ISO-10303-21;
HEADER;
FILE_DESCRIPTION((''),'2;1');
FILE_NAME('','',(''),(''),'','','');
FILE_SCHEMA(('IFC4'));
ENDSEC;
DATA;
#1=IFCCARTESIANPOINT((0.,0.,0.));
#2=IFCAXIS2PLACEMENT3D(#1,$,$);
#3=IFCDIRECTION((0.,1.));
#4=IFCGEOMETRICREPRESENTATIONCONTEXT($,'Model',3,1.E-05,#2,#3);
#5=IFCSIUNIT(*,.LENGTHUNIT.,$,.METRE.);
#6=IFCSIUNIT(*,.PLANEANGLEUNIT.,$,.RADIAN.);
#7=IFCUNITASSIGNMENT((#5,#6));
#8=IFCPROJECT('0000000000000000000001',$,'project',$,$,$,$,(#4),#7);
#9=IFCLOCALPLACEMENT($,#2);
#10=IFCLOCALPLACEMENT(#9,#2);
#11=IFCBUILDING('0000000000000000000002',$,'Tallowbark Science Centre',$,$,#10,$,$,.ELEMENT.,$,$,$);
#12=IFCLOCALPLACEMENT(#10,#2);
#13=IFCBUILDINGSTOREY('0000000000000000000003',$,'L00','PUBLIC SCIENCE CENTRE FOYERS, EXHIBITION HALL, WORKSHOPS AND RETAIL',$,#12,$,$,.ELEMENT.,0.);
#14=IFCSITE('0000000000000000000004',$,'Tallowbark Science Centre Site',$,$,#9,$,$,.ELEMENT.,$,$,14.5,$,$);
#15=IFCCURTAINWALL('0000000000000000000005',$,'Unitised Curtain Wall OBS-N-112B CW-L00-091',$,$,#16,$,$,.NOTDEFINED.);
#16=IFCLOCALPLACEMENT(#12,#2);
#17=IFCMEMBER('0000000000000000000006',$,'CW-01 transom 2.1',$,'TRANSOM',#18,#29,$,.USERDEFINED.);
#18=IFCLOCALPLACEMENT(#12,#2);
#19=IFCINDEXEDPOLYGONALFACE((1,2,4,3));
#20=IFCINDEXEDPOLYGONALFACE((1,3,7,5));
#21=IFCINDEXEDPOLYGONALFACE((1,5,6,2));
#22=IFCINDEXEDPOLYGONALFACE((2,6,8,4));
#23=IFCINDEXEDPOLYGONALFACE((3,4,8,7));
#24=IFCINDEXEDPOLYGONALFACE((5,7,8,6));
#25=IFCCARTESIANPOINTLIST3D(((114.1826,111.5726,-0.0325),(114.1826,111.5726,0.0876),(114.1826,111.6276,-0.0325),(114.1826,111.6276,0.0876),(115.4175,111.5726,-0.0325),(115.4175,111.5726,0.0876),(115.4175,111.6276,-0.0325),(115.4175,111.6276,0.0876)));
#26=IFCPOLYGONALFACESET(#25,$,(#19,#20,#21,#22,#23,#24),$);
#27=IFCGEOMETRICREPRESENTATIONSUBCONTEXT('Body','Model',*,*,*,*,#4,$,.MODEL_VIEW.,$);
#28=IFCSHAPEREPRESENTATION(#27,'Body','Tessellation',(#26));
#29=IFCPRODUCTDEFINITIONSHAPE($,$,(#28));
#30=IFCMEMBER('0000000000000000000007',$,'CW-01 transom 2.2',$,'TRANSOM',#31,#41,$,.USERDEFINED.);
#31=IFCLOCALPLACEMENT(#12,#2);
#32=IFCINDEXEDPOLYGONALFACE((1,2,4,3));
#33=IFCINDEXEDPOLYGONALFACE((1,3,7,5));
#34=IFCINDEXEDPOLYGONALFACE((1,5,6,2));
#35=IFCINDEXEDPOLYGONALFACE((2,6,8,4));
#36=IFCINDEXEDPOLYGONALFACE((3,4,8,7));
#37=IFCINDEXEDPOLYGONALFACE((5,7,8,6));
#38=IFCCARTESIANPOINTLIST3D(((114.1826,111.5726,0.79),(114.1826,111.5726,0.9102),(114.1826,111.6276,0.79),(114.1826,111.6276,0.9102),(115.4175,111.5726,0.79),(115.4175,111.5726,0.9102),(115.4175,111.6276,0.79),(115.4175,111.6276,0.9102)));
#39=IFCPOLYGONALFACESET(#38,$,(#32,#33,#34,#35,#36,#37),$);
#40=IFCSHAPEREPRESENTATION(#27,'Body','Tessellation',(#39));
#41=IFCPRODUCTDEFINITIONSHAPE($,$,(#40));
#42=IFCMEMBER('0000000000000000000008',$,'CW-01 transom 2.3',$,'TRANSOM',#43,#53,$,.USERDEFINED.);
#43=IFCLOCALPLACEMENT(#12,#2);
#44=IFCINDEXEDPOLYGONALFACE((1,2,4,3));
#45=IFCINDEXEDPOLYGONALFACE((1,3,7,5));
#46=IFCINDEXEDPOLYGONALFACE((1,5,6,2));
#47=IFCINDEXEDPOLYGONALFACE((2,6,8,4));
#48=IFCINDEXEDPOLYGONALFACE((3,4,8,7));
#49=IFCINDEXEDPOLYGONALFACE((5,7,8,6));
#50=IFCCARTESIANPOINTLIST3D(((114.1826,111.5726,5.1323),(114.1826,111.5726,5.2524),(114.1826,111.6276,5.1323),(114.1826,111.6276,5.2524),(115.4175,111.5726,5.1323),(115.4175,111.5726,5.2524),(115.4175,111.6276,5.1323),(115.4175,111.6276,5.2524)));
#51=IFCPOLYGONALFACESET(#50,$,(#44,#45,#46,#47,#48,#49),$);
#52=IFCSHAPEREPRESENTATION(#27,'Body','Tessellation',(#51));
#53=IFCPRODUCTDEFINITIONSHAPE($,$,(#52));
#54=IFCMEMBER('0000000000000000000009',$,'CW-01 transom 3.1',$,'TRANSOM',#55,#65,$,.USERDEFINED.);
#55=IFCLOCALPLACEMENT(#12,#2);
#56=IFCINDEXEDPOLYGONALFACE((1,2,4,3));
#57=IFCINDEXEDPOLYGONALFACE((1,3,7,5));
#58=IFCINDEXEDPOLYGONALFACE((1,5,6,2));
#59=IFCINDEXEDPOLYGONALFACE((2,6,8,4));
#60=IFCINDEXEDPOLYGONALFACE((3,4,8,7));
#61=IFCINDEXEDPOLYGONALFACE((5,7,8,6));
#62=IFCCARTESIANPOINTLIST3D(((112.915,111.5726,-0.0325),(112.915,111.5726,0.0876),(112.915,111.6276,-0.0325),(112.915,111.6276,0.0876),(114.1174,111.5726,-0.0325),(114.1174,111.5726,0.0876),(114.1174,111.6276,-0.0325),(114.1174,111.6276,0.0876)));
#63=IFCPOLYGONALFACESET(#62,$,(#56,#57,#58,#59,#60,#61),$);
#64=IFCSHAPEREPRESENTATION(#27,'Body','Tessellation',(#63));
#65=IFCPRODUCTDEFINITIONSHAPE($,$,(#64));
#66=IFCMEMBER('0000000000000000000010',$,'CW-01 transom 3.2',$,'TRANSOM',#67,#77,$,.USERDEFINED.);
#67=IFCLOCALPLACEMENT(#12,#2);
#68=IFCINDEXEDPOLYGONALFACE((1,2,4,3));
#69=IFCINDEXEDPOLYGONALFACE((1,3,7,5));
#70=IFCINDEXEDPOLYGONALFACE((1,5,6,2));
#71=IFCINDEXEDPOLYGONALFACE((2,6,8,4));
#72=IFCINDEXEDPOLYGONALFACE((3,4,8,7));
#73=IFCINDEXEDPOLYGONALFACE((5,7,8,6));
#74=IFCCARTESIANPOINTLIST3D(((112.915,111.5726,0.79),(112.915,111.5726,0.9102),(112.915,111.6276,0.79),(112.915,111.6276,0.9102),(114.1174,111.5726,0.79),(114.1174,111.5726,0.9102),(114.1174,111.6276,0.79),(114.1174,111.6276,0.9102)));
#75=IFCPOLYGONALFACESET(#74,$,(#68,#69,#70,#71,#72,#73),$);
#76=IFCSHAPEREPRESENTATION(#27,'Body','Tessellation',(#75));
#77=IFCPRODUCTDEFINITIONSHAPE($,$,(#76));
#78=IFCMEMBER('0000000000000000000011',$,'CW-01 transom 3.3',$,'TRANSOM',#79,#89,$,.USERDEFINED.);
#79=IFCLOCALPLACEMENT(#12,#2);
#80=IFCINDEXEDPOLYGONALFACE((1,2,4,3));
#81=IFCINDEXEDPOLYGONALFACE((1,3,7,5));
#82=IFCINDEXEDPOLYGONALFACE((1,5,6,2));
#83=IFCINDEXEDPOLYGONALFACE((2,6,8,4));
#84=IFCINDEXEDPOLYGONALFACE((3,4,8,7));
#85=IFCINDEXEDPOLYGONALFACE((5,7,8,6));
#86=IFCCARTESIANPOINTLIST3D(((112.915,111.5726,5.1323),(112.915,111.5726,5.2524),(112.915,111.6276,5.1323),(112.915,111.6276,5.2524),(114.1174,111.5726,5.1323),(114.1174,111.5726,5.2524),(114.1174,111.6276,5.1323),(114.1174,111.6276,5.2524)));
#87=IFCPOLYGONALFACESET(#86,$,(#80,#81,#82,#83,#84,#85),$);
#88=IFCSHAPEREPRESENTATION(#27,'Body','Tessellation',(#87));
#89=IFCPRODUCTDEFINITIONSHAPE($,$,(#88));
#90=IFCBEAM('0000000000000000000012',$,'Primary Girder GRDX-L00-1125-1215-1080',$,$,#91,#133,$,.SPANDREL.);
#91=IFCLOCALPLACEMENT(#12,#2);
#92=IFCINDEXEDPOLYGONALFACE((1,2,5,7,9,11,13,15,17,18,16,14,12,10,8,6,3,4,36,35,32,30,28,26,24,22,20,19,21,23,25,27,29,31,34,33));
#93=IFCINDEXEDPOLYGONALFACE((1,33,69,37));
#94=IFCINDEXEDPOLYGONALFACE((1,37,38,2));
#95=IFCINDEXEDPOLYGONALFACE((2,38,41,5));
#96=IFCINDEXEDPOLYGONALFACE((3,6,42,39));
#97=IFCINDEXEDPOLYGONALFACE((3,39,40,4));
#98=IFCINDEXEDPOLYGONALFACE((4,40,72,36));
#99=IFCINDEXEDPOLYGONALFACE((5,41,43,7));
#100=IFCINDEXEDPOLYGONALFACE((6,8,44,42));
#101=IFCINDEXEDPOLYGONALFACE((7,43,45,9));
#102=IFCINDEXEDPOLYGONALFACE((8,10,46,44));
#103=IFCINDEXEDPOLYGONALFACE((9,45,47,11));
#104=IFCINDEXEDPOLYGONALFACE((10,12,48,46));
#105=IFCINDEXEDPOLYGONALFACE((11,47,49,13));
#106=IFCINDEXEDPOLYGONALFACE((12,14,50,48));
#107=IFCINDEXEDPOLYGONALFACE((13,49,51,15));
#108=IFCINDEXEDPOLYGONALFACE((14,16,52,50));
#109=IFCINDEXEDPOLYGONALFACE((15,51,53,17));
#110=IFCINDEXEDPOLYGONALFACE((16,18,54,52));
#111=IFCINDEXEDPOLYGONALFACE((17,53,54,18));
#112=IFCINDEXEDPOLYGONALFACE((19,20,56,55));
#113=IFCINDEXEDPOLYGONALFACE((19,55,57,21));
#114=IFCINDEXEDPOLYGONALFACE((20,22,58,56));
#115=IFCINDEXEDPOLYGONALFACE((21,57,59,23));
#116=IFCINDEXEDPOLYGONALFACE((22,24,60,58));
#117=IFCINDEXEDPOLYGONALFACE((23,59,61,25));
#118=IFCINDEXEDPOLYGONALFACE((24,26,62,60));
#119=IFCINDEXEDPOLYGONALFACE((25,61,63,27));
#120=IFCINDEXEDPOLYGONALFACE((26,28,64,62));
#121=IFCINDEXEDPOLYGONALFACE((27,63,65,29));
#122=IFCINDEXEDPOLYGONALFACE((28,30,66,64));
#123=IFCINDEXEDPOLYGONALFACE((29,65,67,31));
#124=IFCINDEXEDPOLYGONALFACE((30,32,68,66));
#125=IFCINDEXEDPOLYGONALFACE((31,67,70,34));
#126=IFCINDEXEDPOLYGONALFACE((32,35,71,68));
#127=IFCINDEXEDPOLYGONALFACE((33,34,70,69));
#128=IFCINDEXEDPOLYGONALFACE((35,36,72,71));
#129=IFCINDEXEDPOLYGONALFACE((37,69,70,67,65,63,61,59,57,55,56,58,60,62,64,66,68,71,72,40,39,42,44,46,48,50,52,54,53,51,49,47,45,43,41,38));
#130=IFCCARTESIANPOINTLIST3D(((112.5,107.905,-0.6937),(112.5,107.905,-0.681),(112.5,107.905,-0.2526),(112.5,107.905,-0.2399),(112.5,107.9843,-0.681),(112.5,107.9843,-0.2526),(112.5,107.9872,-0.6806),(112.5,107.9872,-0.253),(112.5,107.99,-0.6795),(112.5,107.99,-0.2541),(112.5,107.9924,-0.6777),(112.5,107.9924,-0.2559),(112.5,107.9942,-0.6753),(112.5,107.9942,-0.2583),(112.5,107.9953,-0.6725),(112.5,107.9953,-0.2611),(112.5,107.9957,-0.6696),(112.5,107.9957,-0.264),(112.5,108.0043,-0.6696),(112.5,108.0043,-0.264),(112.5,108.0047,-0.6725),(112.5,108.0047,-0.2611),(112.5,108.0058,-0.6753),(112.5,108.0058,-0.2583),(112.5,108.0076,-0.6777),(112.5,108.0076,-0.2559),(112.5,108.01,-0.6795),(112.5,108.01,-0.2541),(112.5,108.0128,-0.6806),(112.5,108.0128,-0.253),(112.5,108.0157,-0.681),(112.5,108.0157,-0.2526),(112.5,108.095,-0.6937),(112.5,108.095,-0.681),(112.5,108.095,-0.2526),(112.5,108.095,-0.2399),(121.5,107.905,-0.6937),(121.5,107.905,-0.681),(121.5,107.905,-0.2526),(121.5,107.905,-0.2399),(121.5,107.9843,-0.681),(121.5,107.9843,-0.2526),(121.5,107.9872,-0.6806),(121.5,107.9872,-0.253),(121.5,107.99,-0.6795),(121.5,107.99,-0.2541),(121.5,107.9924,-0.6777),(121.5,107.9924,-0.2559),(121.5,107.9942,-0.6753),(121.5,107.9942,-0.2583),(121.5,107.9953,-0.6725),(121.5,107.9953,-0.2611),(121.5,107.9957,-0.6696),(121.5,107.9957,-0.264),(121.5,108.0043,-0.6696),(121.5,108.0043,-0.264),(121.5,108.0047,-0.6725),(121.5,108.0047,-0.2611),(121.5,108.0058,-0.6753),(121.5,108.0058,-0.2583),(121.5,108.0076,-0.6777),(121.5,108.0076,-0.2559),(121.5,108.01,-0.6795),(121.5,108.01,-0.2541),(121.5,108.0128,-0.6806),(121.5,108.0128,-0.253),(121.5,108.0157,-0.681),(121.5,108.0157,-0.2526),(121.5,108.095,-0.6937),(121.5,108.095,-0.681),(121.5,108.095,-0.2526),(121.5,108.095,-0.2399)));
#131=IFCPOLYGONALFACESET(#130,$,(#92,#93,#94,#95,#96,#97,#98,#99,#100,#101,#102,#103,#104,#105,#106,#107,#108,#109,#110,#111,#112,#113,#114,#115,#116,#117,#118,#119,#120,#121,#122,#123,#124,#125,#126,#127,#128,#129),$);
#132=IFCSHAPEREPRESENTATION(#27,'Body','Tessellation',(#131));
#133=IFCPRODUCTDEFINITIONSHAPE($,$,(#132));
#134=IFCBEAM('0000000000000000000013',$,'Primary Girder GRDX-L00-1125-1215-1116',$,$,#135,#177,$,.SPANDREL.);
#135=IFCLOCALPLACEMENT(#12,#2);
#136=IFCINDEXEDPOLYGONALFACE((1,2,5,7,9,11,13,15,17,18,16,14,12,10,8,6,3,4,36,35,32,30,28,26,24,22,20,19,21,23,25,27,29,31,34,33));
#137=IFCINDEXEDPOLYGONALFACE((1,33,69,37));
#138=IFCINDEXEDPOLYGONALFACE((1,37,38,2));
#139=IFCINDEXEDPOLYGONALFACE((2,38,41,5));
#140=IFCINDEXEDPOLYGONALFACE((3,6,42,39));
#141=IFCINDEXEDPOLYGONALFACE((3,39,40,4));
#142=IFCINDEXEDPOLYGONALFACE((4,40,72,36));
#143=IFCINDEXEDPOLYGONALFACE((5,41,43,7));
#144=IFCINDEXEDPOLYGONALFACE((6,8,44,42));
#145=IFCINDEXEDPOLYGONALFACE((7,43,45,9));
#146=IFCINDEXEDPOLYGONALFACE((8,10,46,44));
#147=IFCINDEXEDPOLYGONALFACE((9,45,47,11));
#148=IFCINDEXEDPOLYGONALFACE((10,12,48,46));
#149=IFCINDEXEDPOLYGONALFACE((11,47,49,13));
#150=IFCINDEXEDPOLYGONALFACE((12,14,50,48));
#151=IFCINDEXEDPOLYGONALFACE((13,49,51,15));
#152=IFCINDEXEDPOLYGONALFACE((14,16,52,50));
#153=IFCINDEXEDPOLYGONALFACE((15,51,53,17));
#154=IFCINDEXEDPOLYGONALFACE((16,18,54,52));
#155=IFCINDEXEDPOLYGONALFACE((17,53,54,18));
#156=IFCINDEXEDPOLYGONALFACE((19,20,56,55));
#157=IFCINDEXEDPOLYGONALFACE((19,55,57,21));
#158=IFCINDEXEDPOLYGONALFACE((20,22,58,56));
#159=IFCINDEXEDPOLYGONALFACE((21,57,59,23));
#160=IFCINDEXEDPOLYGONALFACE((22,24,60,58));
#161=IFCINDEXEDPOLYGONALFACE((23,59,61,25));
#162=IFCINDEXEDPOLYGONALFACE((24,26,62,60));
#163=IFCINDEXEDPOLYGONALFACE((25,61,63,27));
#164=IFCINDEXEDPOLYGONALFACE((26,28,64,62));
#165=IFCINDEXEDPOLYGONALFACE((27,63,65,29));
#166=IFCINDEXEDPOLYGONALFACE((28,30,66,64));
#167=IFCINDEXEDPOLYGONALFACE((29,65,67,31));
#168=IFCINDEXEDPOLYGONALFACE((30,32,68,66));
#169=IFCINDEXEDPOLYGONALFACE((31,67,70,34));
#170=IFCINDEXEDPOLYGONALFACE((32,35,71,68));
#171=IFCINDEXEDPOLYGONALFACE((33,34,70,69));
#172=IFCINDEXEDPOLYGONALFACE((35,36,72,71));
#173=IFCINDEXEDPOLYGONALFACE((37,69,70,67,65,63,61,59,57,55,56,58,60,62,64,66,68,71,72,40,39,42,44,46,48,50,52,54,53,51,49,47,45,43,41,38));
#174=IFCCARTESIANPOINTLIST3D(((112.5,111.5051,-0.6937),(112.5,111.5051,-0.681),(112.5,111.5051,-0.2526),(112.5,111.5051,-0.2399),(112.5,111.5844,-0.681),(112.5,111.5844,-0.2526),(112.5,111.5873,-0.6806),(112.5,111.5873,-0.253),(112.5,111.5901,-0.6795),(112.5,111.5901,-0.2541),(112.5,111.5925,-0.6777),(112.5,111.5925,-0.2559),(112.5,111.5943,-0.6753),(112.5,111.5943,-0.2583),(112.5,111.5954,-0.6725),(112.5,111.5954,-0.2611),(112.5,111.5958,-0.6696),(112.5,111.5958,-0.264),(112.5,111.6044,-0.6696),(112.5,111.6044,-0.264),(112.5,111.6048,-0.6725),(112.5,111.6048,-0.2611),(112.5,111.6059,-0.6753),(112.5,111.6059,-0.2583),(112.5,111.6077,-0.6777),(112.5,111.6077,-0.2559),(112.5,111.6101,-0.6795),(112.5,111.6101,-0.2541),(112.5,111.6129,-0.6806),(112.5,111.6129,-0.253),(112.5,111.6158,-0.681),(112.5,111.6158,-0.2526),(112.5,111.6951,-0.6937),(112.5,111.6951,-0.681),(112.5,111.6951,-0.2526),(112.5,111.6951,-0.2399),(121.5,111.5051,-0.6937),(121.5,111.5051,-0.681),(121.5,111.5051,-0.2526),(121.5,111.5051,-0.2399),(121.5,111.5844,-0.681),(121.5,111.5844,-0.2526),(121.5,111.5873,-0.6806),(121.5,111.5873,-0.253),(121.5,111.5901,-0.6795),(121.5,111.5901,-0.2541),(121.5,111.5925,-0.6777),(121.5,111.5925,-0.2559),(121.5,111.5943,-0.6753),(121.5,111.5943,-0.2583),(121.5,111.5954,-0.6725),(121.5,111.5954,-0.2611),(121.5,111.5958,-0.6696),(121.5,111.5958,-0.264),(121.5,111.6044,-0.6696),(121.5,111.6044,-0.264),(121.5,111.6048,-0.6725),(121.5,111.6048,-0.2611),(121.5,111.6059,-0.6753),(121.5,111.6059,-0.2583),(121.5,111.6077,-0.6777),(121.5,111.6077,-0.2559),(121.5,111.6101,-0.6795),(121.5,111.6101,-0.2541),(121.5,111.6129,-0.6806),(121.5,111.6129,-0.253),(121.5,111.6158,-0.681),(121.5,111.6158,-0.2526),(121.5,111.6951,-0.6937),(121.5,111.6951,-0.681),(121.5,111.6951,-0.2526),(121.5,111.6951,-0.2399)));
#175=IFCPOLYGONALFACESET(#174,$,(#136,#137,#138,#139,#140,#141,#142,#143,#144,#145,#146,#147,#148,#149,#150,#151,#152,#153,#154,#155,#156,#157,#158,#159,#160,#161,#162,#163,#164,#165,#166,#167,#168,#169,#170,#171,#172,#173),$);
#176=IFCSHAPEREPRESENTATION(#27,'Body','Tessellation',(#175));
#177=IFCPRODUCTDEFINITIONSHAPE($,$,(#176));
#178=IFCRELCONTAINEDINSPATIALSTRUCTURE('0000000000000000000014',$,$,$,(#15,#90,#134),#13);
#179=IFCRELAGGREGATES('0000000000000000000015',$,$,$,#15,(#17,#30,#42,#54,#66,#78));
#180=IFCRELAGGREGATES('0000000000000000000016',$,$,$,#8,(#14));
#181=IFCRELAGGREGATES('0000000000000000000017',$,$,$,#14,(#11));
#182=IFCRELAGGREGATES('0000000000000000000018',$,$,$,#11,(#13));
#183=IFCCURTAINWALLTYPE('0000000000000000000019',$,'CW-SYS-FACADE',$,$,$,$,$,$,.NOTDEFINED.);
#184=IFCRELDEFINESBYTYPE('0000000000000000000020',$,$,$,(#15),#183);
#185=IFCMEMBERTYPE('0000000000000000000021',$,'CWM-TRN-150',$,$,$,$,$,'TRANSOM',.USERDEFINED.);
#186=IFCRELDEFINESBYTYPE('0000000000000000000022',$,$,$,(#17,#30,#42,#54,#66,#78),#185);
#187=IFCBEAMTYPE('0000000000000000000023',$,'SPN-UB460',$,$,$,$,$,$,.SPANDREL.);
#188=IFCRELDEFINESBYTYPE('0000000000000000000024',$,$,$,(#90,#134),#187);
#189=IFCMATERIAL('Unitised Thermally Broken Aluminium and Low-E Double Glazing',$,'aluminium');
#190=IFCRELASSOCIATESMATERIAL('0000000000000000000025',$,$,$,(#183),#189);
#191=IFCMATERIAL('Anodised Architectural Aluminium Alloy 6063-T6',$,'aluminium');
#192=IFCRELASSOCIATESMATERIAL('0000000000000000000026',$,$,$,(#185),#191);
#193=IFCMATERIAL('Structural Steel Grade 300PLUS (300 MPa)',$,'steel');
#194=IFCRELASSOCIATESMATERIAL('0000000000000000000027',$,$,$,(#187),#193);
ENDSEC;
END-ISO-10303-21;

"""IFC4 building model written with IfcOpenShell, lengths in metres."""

from ifc_helpers import new_model, si_unit, direction, frame, origin, origin_2d, place, context, subcontext, project, spatial, rectangle, i_section, extrude, material, material_profile, profile_set, type_object, element, aggregate, save


model = new_model("IFC4")

# Units and contexts
model_context = context("Model", 3, precision=1e-05, world=origin(), true_north=direction((0.0, 1.0)))
body_context = subcontext(model_context, "Body", "Model", "MODEL_VIEW")
ifc_project = project(units=[si_unit("LENGTHUNIT", "METRE"), si_unit("PLANEANGLEUNIT", "RADIAN")], contexts=[model_context])

# Site, building, storey
site_placement = place(None, origin())
site = spatial("IfcSite", under=ifc_project, at=site_placement, Name="Tallowbark Science Centre Site", CompositionType="ELEMENT", RefElevation=14.5)
building_placement = place(site_placement, origin())
building = spatial("IfcBuilding", under=site, at=building_placement, Name="Tallowbark Science Centre", CompositionType="ELEMENT")
storey_placement = place(building_placement, origin())
storey = spatial("IfcBuildingStorey", under=building, at=storey_placement, Name="L00", Description="PUBLIC SCIENCE CENTRE FOYERS, EXHIBITION HALL, WORKSHOPS AND RETAIL", CompositionType="ELEMENT", Elevation=0.0)

# Shared definitions
ifc_material_1 = material(Name="Structural Steel Grade 300PLUS (300 MPa)", Category="steel")

# Curtain wall, members
ifc_material_2 = material(Name="Unitised Thermally Broken Aluminium and Low-E Double Glazing", Category="aluminium")
curtain_wall_type = type_object("IfcCurtainWallType", Name="CW-SYS-FACADE", PredefinedType="NOTDEFINED", material=ifc_material_2)
curtain_wall_placement = place(storey_placement, origin())
curtain_wall = element("IfcCurtainWall", 1, at=curtain_wall_placement, inside=storey, type_object=curtain_wall_type, Name="Unitised Curtain Wall OBS-N-112B CW-L00-091", PredefinedType="NOTDEFINED")
ifc_material_3 = material(Name="Anodised Architectural Aluminium Alloy 6063-T6", Category="aluminium")
ifc_material_profile_1 = material_profile(ifc_material_3, rectangle(XDim=0.0549, YDim=0.1201, at=origin_2d()), Name="ALU55x120")
ifc_profile_set_1 = profile_set([ifc_material_profile_1], Name="Anodised Architectural Aluminium Alloy 6063-T6")
member_type_1 = type_object("IfcMemberType", Name="CWM-TRN-150", ElementType="TRANSOM", PredefinedType="USERDEFINED", material=ifc_profile_set_1)
member_1_placement = place(storey_placement, frame((115.4175, 111.6001, 0.0276), z_axis=(-1.0, 0.0, 0.0), x_axis=(0.0, -1.0, 0.0)))
member_1 = element("IfcMember", 2, at=member_1_placement, type_object=member_type_1, Name="CW-01 transom 2.1", ObjectType="TRANSOM", PredefinedType="USERDEFINED", context=body_context, shape_type="SweptSolid", body=[
    extrude(rectangle(XDim=0.0549, YDim=0.1201, at=origin_2d()), origin(), (0.0, 0.0, 1.0), 1.2349),
])
member_2_placement = place(storey_placement, frame((115.4175, 111.6001, 0.8501), z_axis=(-1.0, 0.0, 0.0), x_axis=(0.0, -1.0, 0.0)))
member_2 = element("IfcMember", 3, at=member_2_placement, type_object=member_type_1, Name="CW-01 transom 2.2", ObjectType="TRANSOM", PredefinedType="USERDEFINED", context=body_context, shape_type="SweptSolid", body=[
    extrude(rectangle(XDim=0.0549, YDim=0.1201, at=origin_2d()), origin(), (0.0, 0.0, 1.0), 1.2349),
])
member_3_placement = place(storey_placement, frame((115.4175, 111.6001, 5.1924), z_axis=(-1.0, 0.0, 0.0), x_axis=(0.0, -1.0, 0.0)))
member_3 = element("IfcMember", 4, at=member_3_placement, type_object=member_type_1, Name="CW-01 transom 2.3", ObjectType="TRANSOM", PredefinedType="USERDEFINED", context=body_context, shape_type="SweptSolid", body=[
    extrude(rectangle(XDim=0.0549, YDim=0.1201, at=origin_2d()), origin(), (0.0, 0.0, 1.0), 1.2349),
])
member_4_placement = place(storey_placement, frame((114.1174, 111.6001, 0.0276), z_axis=(-1.0, 0.0, 0.0), x_axis=(0.0, -1.0, 0.0)))
member_4 = element("IfcMember", 5, at=member_4_placement, type_object=member_type_1, Name="CW-01 transom 3.1", ObjectType="TRANSOM", PredefinedType="USERDEFINED", context=body_context, shape_type="SweptSolid", body=[
    extrude(rectangle(XDim=0.0549, YDim=0.1201, at=origin_2d()), origin(), (0.0, 0.0, 1.0), 1.2024),
])
member_5_placement = place(storey_placement, frame((114.1174, 111.6001, 0.8501), z_axis=(-1.0, 0.0, 0.0), x_axis=(0.0, -1.0, 0.0)))
member_5 = element("IfcMember", 6, at=member_5_placement, type_object=member_type_1, Name="CW-01 transom 3.2", ObjectType="TRANSOM", PredefinedType="USERDEFINED", context=body_context, shape_type="SweptSolid", body=[
    extrude(rectangle(XDim=0.0549, YDim=0.1201, at=origin_2d()), origin(), (0.0, 0.0, 1.0), 1.2024),
])
member_6_placement = place(storey_placement, frame((114.1174, 111.6001, 5.1924), z_axis=(-1.0, 0.0, 0.0), x_axis=(0.0, -1.0, 0.0)))
member_6 = element("IfcMember", 7, at=member_6_placement, type_object=member_type_1, Name="CW-01 transom 3.3", ObjectType="TRANSOM", PredefinedType="USERDEFINED", context=body_context, shape_type="SweptSolid", body=[
    extrude(rectangle(XDim=0.0549, YDim=0.1201, at=origin_2d()), origin(), (0.0, 0.0, 1.0), 1.2024),
])

# Beams
ifc_material_profile_2 = material_profile(ifc_material_1, i_section(OverallWidth=0.1899, OverallDepth=0.4539, WebThickness=0.0085, FlangeThickness=0.0127, FilletRadius=0.0115, at=origin_2d()), Name="460UB67.1")
ifc_profile_set_2 = profile_set([ifc_material_profile_2], Name="Structural Steel Grade 300PLUS (300 MPa)")
beam_type = type_object("IfcBeamType", Name="SPN-UB460", PredefinedType="SPANDREL", material=ifc_profile_set_2)
for number, where, z_axis, x_axis, name in (
    (8, (112.5, 108.0, -0.4668), (1.0, 0.0, 0.0), (0.0, 1.0, 0.0), "Primary Girder GRDX-L00-1125-1215-1080"),
    (9, (112.5, 111.6001, -0.4668), (1.0, 0.0, 0.0), (0.0, 1.0, 0.0), "Primary Girder GRDX-L00-1125-1215-1116"),
):
    element("IfcBeam", number, at=place(storey_placement, frame(where, z_axis=z_axis, x_axis=x_axis)), inside=storey, type_object=beam_type, Name=name, PredefinedType="SPANDREL", context=body_context, shape_type="SweptSolid", body=[
        extrude(i_section(OverallWidth=0.1899, OverallDepth=0.4539, WebThickness=0.0085, FlangeThickness=0.0127, FilletRadius=0.0115, at=origin_2d()), origin(), (0.0, 0.0, 1.0), 9.0),
    ])

aggregate(curtain_wall, [member_1, member_2, member_3, member_4, member_5, member_6])

save(model, "model.ifc")
